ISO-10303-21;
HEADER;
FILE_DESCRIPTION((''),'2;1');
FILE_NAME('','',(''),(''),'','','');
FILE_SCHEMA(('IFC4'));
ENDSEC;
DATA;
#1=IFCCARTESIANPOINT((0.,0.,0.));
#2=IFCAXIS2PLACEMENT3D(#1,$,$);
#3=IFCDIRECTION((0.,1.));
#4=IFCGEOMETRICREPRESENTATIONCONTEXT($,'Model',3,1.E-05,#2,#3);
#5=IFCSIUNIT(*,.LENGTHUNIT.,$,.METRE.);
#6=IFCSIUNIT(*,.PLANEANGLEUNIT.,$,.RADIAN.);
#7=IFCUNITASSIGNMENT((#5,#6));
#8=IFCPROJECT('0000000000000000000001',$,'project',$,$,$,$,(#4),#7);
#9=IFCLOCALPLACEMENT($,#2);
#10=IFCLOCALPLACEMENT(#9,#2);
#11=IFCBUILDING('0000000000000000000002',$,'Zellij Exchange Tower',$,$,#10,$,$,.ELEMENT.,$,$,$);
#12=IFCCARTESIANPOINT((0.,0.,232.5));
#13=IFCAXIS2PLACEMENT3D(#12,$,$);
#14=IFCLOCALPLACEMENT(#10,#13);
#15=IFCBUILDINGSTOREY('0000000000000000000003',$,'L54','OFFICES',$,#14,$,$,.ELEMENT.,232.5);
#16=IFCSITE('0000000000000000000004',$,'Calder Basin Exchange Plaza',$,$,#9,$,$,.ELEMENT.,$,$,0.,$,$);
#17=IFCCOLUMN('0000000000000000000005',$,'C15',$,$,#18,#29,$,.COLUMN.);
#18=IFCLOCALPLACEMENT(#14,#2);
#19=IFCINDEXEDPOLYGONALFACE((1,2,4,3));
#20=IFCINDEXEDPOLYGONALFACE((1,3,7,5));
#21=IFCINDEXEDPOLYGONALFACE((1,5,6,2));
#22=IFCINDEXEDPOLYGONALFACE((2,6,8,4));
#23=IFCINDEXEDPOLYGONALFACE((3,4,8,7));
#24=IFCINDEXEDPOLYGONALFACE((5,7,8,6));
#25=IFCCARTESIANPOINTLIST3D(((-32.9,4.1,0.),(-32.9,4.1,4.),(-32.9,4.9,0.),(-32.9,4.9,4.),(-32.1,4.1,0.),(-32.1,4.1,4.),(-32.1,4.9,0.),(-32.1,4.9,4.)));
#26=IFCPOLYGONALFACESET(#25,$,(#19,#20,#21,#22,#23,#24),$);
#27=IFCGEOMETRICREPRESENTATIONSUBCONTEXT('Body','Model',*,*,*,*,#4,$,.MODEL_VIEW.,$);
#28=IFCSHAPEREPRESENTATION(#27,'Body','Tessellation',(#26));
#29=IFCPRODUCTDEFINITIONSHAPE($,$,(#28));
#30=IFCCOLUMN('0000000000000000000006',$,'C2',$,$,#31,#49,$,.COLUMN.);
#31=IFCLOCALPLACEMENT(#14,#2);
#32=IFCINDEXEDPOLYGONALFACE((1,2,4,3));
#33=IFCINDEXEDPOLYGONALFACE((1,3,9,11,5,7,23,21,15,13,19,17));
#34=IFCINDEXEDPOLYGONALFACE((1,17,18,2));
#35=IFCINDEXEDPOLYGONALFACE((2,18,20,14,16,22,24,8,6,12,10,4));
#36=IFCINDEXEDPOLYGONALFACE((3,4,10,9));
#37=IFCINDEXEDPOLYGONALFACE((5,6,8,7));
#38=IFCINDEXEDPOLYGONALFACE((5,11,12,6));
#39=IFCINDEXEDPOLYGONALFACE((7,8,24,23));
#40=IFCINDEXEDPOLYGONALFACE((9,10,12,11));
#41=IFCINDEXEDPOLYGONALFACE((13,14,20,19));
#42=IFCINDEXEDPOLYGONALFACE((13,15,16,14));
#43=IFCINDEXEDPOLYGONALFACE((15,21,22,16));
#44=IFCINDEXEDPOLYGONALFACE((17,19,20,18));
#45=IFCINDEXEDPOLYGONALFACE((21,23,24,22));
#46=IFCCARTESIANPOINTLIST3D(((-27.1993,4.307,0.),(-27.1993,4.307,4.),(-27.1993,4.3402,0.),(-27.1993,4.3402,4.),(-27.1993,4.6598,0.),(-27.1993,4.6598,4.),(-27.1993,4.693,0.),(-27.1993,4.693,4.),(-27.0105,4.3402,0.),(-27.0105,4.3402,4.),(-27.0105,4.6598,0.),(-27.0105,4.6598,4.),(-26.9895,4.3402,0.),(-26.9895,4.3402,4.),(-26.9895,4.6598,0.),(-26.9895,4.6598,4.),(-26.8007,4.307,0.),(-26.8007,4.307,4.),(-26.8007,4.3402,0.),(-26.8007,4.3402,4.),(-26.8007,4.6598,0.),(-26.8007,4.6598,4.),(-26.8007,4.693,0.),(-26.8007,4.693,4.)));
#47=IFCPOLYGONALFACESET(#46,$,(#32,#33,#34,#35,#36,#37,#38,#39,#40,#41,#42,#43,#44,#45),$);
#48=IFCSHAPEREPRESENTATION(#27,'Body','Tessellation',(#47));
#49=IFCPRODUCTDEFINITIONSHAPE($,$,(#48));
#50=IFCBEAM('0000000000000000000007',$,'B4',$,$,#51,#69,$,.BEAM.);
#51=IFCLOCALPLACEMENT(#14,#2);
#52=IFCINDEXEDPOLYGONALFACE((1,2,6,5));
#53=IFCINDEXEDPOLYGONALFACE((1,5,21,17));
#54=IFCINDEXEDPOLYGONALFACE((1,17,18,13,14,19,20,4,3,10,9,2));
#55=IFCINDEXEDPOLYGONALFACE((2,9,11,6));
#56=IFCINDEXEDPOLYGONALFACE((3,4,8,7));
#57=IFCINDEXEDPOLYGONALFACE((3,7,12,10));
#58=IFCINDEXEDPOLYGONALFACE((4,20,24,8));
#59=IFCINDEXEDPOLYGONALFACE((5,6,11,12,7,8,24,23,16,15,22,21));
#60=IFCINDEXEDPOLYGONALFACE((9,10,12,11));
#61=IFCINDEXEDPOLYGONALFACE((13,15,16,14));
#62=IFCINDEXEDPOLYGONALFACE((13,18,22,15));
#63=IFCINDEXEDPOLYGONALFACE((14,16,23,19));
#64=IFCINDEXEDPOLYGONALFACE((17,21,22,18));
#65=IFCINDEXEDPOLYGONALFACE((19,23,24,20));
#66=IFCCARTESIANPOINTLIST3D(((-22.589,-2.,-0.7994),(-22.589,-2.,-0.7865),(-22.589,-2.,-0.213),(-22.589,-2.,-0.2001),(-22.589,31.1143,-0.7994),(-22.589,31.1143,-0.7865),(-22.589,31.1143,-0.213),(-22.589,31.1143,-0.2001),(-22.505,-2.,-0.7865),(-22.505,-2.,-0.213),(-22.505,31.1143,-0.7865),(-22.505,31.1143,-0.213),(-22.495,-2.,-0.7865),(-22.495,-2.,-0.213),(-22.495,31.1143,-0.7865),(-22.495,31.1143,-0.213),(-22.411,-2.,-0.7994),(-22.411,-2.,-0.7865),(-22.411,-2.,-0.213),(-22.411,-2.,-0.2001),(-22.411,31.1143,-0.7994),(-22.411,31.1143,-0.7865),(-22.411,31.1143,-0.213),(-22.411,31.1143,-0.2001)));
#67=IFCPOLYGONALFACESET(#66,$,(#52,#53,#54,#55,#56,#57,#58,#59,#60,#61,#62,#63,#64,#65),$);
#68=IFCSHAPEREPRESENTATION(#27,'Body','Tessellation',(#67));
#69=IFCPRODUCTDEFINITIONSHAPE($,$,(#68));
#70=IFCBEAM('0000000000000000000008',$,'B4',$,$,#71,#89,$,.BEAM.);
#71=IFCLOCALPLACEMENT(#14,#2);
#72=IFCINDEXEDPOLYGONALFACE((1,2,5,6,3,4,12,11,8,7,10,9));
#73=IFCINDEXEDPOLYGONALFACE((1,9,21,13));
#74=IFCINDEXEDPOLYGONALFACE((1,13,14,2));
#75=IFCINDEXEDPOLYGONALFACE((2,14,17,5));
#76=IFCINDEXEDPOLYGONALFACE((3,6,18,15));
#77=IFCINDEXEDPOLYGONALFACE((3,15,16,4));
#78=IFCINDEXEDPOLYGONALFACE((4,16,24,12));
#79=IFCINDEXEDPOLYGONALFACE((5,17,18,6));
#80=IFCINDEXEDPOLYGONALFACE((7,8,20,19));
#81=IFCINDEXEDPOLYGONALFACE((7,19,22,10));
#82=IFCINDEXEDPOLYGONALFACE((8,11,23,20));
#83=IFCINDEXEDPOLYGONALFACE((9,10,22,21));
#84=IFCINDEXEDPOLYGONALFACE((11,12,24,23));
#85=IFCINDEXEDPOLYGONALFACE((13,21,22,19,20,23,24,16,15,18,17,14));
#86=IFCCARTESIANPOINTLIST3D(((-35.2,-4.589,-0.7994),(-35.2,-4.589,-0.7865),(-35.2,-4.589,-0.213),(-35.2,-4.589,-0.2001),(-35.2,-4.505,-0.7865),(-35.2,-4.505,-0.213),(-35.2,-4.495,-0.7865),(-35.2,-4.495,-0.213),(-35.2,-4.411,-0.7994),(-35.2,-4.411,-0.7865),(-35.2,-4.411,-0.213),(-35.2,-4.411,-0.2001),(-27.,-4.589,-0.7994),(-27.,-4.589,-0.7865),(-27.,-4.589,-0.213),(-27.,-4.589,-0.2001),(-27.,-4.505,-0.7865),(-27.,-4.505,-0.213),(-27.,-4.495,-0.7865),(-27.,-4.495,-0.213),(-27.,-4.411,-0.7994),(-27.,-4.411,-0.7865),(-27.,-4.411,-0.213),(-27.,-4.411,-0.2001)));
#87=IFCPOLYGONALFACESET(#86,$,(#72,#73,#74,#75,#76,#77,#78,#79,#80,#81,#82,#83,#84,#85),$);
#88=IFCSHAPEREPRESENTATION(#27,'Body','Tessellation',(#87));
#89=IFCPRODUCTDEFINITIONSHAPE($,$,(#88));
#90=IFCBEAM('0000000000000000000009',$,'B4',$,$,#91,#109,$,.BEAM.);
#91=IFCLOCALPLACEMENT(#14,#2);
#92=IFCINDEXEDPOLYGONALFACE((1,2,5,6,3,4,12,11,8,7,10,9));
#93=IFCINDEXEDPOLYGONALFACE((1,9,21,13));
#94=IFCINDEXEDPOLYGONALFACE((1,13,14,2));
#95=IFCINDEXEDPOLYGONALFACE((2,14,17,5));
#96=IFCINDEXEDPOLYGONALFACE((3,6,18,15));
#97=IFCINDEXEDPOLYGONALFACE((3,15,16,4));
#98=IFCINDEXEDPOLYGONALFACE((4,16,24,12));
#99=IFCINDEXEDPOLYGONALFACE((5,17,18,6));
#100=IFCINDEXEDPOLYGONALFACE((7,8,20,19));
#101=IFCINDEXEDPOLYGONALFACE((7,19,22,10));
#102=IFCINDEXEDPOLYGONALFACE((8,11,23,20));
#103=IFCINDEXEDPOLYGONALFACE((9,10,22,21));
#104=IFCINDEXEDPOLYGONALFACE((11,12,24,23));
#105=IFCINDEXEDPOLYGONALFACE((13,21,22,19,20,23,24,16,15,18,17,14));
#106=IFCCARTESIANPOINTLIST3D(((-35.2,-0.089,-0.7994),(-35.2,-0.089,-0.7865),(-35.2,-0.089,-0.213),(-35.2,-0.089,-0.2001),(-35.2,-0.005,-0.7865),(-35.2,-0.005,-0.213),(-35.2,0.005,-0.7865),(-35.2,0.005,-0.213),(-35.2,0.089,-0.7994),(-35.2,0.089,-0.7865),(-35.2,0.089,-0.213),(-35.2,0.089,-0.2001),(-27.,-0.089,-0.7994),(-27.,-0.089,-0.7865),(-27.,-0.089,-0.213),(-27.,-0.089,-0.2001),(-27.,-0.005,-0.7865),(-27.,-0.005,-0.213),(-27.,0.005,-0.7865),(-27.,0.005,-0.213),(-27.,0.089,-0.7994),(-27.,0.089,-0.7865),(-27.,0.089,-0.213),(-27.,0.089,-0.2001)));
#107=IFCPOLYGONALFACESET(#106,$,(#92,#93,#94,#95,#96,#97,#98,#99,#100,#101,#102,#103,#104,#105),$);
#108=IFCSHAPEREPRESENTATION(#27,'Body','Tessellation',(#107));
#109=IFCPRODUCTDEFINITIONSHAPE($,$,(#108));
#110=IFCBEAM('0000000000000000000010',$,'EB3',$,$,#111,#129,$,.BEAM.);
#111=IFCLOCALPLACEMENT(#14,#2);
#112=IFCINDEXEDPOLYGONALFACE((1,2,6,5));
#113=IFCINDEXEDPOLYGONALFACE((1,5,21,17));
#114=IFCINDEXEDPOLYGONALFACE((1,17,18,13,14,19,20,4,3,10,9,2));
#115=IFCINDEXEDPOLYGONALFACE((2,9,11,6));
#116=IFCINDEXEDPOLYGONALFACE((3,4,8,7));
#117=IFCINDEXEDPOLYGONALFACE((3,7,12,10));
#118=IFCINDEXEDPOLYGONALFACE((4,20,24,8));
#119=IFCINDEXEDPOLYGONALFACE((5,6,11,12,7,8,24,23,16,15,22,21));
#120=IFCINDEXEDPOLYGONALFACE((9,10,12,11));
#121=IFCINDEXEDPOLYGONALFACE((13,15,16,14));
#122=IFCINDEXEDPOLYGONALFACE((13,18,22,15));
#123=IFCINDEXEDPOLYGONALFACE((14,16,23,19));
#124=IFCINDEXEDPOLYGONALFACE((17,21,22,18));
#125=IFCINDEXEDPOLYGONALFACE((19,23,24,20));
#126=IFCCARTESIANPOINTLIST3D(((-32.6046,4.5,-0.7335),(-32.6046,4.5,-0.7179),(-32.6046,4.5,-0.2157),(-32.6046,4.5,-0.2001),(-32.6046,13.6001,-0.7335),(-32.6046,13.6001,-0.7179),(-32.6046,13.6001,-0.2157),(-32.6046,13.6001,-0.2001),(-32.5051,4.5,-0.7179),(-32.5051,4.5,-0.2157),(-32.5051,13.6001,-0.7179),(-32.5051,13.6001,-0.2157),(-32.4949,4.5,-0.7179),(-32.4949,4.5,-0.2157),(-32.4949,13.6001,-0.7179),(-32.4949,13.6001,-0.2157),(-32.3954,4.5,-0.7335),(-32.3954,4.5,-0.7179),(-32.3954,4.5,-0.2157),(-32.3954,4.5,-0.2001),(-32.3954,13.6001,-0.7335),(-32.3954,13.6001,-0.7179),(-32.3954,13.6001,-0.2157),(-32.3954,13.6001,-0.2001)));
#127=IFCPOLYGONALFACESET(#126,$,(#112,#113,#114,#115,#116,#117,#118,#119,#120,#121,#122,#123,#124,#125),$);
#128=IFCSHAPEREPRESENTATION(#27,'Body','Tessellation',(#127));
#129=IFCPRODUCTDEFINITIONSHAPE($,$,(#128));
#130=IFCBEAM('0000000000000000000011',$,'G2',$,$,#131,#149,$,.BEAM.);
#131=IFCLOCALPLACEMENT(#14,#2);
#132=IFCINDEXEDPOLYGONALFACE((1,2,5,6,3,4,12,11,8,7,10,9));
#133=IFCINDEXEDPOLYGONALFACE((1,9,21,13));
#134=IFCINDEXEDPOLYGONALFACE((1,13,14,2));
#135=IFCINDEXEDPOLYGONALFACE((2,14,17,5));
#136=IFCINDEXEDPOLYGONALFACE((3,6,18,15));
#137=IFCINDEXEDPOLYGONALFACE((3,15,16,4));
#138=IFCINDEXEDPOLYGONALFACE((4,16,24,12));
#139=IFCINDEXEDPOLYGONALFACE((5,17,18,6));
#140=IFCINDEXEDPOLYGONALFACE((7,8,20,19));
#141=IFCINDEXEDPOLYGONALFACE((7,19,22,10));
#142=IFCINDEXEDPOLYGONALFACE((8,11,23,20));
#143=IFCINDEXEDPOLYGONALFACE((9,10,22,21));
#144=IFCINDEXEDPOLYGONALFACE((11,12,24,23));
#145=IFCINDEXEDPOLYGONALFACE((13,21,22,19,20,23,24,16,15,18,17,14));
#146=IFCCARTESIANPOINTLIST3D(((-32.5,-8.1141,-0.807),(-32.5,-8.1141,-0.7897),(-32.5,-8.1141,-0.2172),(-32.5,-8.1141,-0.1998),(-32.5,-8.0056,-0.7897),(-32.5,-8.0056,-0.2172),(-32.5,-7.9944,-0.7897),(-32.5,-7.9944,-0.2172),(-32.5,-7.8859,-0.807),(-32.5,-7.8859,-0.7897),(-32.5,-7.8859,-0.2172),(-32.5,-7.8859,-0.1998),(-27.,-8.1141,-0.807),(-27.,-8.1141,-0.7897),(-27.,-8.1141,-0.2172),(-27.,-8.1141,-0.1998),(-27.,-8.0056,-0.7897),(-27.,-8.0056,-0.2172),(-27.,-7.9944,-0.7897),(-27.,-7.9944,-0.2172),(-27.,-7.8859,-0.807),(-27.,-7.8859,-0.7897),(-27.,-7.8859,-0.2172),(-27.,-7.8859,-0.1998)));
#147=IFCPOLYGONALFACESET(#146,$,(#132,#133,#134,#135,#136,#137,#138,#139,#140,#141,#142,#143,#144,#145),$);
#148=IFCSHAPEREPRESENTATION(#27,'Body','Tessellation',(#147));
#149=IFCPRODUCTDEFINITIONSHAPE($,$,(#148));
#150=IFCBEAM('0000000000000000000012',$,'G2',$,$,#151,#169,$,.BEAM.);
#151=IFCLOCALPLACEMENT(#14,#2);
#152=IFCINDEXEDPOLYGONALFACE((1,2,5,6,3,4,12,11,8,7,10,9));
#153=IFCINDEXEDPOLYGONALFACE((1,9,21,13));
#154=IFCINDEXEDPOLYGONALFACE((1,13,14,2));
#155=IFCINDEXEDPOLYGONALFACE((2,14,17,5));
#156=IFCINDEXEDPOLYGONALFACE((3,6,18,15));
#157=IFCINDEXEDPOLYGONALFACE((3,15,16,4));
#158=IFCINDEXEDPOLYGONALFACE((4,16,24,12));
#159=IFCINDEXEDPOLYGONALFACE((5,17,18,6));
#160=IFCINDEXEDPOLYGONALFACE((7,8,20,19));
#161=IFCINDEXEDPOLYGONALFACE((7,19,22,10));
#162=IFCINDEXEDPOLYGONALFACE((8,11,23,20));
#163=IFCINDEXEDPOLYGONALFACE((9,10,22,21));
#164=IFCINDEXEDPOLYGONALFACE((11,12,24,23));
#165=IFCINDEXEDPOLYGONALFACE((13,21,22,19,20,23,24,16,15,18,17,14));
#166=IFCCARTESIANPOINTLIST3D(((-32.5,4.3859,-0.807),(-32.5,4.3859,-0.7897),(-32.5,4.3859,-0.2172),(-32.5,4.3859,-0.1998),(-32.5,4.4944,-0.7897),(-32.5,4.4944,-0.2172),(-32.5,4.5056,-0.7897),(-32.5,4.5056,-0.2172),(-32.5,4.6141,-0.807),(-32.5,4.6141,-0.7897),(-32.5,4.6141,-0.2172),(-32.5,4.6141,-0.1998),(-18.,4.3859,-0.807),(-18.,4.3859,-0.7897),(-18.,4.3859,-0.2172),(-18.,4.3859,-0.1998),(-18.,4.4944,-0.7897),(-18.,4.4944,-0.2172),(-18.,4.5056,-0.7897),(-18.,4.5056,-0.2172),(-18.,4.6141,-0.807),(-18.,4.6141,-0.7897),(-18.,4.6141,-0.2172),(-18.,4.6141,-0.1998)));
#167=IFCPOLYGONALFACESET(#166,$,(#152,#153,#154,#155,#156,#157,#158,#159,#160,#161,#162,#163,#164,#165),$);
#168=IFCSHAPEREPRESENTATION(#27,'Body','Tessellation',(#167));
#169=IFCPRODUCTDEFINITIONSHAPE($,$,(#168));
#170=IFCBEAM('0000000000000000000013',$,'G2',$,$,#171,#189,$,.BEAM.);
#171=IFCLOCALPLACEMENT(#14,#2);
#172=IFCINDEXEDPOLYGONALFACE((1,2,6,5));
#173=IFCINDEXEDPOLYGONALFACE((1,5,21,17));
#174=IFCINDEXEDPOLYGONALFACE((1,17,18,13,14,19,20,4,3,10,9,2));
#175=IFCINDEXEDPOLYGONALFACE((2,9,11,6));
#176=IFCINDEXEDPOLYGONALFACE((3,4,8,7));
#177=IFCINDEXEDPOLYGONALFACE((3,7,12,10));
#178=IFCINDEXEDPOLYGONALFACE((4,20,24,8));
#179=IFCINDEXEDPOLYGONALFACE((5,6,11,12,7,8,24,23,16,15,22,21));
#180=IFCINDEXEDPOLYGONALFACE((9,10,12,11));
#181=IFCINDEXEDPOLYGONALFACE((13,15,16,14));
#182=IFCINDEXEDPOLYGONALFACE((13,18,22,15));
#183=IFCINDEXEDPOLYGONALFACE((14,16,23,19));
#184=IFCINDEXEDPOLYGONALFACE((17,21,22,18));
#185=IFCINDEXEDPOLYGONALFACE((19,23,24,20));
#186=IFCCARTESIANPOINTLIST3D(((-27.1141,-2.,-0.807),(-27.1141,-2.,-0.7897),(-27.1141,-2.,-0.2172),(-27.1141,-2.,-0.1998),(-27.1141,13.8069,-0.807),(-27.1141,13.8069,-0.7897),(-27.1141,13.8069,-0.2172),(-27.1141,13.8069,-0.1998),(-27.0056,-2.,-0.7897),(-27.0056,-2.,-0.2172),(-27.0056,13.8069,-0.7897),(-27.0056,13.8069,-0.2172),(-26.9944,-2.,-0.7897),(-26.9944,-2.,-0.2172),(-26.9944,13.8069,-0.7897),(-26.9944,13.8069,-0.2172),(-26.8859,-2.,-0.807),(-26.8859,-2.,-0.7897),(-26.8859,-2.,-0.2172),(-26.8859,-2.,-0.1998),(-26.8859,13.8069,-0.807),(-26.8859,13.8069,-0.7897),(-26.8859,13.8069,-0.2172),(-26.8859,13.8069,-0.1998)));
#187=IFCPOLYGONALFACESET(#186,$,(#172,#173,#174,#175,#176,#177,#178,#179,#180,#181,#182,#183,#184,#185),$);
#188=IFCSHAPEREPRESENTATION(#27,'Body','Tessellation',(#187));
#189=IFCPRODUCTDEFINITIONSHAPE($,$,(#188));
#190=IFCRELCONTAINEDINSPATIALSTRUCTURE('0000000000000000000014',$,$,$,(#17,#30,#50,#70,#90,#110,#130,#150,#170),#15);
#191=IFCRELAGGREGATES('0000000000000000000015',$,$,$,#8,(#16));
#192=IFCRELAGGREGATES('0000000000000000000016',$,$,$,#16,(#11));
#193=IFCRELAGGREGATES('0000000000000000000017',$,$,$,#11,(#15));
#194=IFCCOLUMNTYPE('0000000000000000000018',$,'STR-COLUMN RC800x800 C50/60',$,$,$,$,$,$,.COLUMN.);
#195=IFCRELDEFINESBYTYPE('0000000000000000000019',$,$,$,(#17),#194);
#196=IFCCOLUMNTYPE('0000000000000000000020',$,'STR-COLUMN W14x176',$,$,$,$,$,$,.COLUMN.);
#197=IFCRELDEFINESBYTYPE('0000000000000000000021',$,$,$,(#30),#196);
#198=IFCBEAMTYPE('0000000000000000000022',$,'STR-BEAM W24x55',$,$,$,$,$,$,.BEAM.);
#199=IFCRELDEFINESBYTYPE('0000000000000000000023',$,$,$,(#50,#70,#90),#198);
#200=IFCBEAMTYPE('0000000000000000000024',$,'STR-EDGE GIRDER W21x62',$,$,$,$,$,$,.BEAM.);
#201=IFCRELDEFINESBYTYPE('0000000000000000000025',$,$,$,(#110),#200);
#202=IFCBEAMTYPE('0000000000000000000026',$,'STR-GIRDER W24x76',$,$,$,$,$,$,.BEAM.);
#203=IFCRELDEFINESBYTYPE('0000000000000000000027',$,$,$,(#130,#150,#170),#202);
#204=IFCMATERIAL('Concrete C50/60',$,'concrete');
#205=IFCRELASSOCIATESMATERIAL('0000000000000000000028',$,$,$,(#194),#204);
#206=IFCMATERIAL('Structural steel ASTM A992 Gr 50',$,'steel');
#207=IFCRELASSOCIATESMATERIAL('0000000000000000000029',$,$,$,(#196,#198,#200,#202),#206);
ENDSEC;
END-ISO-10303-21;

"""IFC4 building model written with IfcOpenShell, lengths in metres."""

from ifc_helpers import new_model, si_unit, direction, frame, origin, origin_2d, place, context, subcontext, project, spatial, rectangle, i_section, extrude, material, material_profile, profile_set, type_object, element, save


model = new_model("IFC4")

# Units and contexts
model_context = context("Model", 3, precision=1e-05, world=origin(), true_north=direction((0.0, 1.0)))
body_context = subcontext(model_context, "Body", "Model", "MODEL_VIEW")
ifc_project = project(units=[si_unit("LENGTHUNIT", "METRE"), si_unit("PLANEANGLEUNIT", "RADIAN")], contexts=[model_context])

# Site, building, storey
site_placement = place(None, origin())
site = spatial("IfcSite", under=ifc_project, at=site_placement, Name="Calder Basin Exchange Plaza", CompositionType="ELEMENT", RefElevation=0.0)
building_placement = place(site_placement, origin())
building = spatial("IfcBuilding", under=site, at=building_placement, Name="Zellij Exchange Tower", CompositionType="ELEMENT")
storey_placement = place(building_placement, frame((0.0, 0.0, 232.5)))
storey = spatial("IfcBuildingStorey", under=building, at=storey_placement, Name="L54", Description="OFFICES", CompositionType="ELEMENT", Elevation=232.5)

# Columns
ifc_material_1 = material(Name="Concrete C50/60", Category="concrete")
ifc_material_profile_1 = material_profile(ifc_material_1, rectangle(XDim=0.8, YDim=0.8, at=origin_2d()), Name="STR-COLUMN RC800x800 C50/60")
ifc_profile_set_1 = profile_set([ifc_material_profile_1], Name="Concrete C50/60")
column_type_1 = type_object("IfcColumnType", Name="STR-COLUMN RC800x800 C50/60", PredefinedType="COLUMN", material=ifc_profile_set_1)
column_1_placement = place(storey_placement, frame((-32.5, 4.5, 0.0), z_axis=(0.0, 0.0, 1.0), x_axis=(1.0, 0.0, 0.0)))
element("IfcColumn", 1, at=column_1_placement, inside=storey, type_object=column_type_1, Name="C15", PredefinedType="COLUMN", context=body_context, shape_type="SweptSolid", body=[
    extrude(rectangle(XDim=0.8, YDim=0.8, at=origin_2d()), origin(), (0.0, 0.0, 1.0), 4.0),
])
ifc_material_2 = material(Name="Structural steel ASTM A992 Gr 50", Category="steel")
ifc_material_profile_2 = material_profile(ifc_material_2, i_section(OverallWidth=0.3987, OverallDepth=0.386, WebThickness=0.021, FlangeThickness=0.0332, at=origin_2d()), Name="W14x176")
ifc_profile_set_2 = profile_set([ifc_material_profile_2], Name="Structural steel ASTM A992 Gr 50")
column_type_2 = type_object("IfcColumnType", Name="STR-COLUMN W14x176", PredefinedType="COLUMN", material=ifc_profile_set_2)
column_2_placement = place(storey_placement, frame((-27.0, 4.5, 0.0), z_axis=(0.0, 0.0, 1.0), x_axis=(1.0, 0.0, 0.0)))
element("IfcColumn", 2, at=column_2_placement, inside=storey, type_object=column_type_2, Name="C2", PredefinedType="COLUMN", context=body_context, shape_type="SweptSolid", body=[
    extrude(i_section(OverallWidth=0.3987, OverallDepth=0.386, WebThickness=0.021, FlangeThickness=0.0332, at=origin_2d()), origin(), (0.0, 0.0, 1.0), 4.0),
])

# Beams
ifc_material_profile_3 = material_profile(ifc_material_2, i_section(OverallWidth=0.178, OverallDepth=0.5994, WebThickness=0.01, FlangeThickness=0.0129, at=origin_2d()), Name="W24x55")
ifc_profile_set_3 = profile_set([ifc_material_profile_3], Name="Structural steel ASTM A992 Gr 50")
beam_type_1 = type_object("IfcBeamType", Name="STR-BEAM W24x55", PredefinedType="BEAM", material=ifc_profile_set_3)
beam_1_placement = place(storey_placement, frame((-22.5, -2.0, -0.4998), z_axis=(0.0, 1.0, 0.0), x_axis=(-1.0, 0.0, 0.0)))
element("IfcBeam", 3, at=beam_1_placement, inside=storey, type_object=beam_type_1, Name="B4", PredefinedType="BEAM", context=body_context, shape_type="SweptSolid", body=[
    extrude(i_section(OverallWidth=0.178, OverallDepth=0.5994, WebThickness=0.01, FlangeThickness=0.0129, at=origin_2d()), origin(), (0.0, 0.0, 1.0), 33.1143),
])
for number, where, z_axis, x_axis, name in (
    (4, (-35.2, -4.5, -0.4998), (1.0, 0.0, 0.0), (0.0, 1.0, 0.0), "B4"),
    (5, (-35.2, 0.0, -0.4998), (1.0, 0.0, 0.0), (0.0, 1.0, 0.0), "B4"),
):
    element("IfcBeam", number, at=place(storey_placement, frame(where, z_axis=z_axis, x_axis=x_axis)), inside=storey, type_object=beam_type_1, Name=name, PredefinedType="BEAM", context=body_context, shape_type="SweptSolid", body=[
        extrude(i_section(OverallWidth=0.178, OverallDepth=0.5994, WebThickness=0.01, FlangeThickness=0.0129, at=origin_2d()), origin(), (0.0, 0.0, 1.0), 8.2),
    ])
ifc_material_profile_4 = material_profile(ifc_material_2, i_section(OverallWidth=0.2092, OverallDepth=0.5334, WebThickness=0.0103, FlangeThickness=0.0156, at=origin_2d()), Name="W21x62")
ifc_profile_set_4 = profile_set([ifc_material_profile_4], Name="Structural steel ASTM A992 Gr 50")
beam_type_2 = type_object("IfcBeamType", Name="STR-EDGE GIRDER W21x62", PredefinedType="BEAM", material=ifc_profile_set_4)
beam_2_placement = place(storey_placement, frame((-32.5, 4.5, -0.4668), z_axis=(0.0, 1.0, 0.0), x_axis=(-1.0, 0.0, 0.0)))
element("IfcBeam", 6, at=beam_2_placement, inside=storey, type_object=beam_type_2, Name="EB3", PredefinedType="BEAM", context=body_context, shape_type="SweptSolid", body=[
    extrude(i_section(OverallWidth=0.2092, OverallDepth=0.5334, WebThickness=0.0103, FlangeThickness=0.0156, at=origin_2d()), origin(), (0.0, 0.0, 1.0), 9.1001),
])
ifc_material_profile_5 = material_profile(ifc_material_2, i_section(OverallWidth=0.2283, OverallDepth=0.6072, WebThickness=0.0112, FlangeThickness=0.0173, at=origin_2d()), Name="W24x76")
ifc_profile_set_5 = profile_set([ifc_material_profile_5], Name="Structural steel ASTM A992 Gr 50")
beam_type_3 = type_object("IfcBeamType", Name="STR-GIRDER W24x76", PredefinedType="BEAM", material=ifc_profile_set_5)
beam_3_placement = place(storey_placement, frame((-32.5, -8.0, -0.5034), z_axis=(1.0, 0.0, 0.0), x_axis=(0.0, 1.0, 0.0)))
element("IfcBeam", 7, at=beam_3_placement, inside=storey, type_object=beam_type_3, Name="G2", PredefinedType="BEAM", context=body_context, shape_type="SweptSolid", body=[
    extrude(i_section(OverallWidth=0.2283, OverallDepth=0.6072, WebThickness=0.0112, FlangeThickness=0.0173, at=origin_2d()), origin(), (0.0, 0.0, 1.0), 5.5),
])
beam_4_placement = place(storey_placement, frame((-32.5, 4.5, -0.5034), z_axis=(1.0, 0.0, 0.0), x_axis=(0.0, 1.0, 0.0)))
element("IfcBeam", 8, at=beam_4_placement, inside=storey, type_object=beam_type_3, Name="G2", PredefinedType="BEAM", context=body_context, shape_type="SweptSolid", body=[
    extrude(i_section(OverallWidth=0.2283, OverallDepth=0.6072, WebThickness=0.0112, FlangeThickness=0.0173, at=origin_2d()), origin(), (0.0, 0.0, 1.0), 14.5),
])
beam_5_placement = place(storey_placement, frame((-27.0, -2.0, -0.5034), z_axis=(0.0, 1.0, 0.0), x_axis=(-1.0, 0.0, 0.0)))
element("IfcBeam", 9, at=beam_5_placement, inside=storey, type_object=beam_type_3, Name="G2", PredefinedType="BEAM", context=body_context, shape_type="SweptSolid", body=[
    extrude(i_section(OverallWidth=0.2283, OverallDepth=0.6072, WebThickness=0.0112, FlangeThickness=0.0173, at=origin_2d()), origin(), (0.0, 0.0, 1.0), 15.8069),
])

save(model, "model.ifc")
